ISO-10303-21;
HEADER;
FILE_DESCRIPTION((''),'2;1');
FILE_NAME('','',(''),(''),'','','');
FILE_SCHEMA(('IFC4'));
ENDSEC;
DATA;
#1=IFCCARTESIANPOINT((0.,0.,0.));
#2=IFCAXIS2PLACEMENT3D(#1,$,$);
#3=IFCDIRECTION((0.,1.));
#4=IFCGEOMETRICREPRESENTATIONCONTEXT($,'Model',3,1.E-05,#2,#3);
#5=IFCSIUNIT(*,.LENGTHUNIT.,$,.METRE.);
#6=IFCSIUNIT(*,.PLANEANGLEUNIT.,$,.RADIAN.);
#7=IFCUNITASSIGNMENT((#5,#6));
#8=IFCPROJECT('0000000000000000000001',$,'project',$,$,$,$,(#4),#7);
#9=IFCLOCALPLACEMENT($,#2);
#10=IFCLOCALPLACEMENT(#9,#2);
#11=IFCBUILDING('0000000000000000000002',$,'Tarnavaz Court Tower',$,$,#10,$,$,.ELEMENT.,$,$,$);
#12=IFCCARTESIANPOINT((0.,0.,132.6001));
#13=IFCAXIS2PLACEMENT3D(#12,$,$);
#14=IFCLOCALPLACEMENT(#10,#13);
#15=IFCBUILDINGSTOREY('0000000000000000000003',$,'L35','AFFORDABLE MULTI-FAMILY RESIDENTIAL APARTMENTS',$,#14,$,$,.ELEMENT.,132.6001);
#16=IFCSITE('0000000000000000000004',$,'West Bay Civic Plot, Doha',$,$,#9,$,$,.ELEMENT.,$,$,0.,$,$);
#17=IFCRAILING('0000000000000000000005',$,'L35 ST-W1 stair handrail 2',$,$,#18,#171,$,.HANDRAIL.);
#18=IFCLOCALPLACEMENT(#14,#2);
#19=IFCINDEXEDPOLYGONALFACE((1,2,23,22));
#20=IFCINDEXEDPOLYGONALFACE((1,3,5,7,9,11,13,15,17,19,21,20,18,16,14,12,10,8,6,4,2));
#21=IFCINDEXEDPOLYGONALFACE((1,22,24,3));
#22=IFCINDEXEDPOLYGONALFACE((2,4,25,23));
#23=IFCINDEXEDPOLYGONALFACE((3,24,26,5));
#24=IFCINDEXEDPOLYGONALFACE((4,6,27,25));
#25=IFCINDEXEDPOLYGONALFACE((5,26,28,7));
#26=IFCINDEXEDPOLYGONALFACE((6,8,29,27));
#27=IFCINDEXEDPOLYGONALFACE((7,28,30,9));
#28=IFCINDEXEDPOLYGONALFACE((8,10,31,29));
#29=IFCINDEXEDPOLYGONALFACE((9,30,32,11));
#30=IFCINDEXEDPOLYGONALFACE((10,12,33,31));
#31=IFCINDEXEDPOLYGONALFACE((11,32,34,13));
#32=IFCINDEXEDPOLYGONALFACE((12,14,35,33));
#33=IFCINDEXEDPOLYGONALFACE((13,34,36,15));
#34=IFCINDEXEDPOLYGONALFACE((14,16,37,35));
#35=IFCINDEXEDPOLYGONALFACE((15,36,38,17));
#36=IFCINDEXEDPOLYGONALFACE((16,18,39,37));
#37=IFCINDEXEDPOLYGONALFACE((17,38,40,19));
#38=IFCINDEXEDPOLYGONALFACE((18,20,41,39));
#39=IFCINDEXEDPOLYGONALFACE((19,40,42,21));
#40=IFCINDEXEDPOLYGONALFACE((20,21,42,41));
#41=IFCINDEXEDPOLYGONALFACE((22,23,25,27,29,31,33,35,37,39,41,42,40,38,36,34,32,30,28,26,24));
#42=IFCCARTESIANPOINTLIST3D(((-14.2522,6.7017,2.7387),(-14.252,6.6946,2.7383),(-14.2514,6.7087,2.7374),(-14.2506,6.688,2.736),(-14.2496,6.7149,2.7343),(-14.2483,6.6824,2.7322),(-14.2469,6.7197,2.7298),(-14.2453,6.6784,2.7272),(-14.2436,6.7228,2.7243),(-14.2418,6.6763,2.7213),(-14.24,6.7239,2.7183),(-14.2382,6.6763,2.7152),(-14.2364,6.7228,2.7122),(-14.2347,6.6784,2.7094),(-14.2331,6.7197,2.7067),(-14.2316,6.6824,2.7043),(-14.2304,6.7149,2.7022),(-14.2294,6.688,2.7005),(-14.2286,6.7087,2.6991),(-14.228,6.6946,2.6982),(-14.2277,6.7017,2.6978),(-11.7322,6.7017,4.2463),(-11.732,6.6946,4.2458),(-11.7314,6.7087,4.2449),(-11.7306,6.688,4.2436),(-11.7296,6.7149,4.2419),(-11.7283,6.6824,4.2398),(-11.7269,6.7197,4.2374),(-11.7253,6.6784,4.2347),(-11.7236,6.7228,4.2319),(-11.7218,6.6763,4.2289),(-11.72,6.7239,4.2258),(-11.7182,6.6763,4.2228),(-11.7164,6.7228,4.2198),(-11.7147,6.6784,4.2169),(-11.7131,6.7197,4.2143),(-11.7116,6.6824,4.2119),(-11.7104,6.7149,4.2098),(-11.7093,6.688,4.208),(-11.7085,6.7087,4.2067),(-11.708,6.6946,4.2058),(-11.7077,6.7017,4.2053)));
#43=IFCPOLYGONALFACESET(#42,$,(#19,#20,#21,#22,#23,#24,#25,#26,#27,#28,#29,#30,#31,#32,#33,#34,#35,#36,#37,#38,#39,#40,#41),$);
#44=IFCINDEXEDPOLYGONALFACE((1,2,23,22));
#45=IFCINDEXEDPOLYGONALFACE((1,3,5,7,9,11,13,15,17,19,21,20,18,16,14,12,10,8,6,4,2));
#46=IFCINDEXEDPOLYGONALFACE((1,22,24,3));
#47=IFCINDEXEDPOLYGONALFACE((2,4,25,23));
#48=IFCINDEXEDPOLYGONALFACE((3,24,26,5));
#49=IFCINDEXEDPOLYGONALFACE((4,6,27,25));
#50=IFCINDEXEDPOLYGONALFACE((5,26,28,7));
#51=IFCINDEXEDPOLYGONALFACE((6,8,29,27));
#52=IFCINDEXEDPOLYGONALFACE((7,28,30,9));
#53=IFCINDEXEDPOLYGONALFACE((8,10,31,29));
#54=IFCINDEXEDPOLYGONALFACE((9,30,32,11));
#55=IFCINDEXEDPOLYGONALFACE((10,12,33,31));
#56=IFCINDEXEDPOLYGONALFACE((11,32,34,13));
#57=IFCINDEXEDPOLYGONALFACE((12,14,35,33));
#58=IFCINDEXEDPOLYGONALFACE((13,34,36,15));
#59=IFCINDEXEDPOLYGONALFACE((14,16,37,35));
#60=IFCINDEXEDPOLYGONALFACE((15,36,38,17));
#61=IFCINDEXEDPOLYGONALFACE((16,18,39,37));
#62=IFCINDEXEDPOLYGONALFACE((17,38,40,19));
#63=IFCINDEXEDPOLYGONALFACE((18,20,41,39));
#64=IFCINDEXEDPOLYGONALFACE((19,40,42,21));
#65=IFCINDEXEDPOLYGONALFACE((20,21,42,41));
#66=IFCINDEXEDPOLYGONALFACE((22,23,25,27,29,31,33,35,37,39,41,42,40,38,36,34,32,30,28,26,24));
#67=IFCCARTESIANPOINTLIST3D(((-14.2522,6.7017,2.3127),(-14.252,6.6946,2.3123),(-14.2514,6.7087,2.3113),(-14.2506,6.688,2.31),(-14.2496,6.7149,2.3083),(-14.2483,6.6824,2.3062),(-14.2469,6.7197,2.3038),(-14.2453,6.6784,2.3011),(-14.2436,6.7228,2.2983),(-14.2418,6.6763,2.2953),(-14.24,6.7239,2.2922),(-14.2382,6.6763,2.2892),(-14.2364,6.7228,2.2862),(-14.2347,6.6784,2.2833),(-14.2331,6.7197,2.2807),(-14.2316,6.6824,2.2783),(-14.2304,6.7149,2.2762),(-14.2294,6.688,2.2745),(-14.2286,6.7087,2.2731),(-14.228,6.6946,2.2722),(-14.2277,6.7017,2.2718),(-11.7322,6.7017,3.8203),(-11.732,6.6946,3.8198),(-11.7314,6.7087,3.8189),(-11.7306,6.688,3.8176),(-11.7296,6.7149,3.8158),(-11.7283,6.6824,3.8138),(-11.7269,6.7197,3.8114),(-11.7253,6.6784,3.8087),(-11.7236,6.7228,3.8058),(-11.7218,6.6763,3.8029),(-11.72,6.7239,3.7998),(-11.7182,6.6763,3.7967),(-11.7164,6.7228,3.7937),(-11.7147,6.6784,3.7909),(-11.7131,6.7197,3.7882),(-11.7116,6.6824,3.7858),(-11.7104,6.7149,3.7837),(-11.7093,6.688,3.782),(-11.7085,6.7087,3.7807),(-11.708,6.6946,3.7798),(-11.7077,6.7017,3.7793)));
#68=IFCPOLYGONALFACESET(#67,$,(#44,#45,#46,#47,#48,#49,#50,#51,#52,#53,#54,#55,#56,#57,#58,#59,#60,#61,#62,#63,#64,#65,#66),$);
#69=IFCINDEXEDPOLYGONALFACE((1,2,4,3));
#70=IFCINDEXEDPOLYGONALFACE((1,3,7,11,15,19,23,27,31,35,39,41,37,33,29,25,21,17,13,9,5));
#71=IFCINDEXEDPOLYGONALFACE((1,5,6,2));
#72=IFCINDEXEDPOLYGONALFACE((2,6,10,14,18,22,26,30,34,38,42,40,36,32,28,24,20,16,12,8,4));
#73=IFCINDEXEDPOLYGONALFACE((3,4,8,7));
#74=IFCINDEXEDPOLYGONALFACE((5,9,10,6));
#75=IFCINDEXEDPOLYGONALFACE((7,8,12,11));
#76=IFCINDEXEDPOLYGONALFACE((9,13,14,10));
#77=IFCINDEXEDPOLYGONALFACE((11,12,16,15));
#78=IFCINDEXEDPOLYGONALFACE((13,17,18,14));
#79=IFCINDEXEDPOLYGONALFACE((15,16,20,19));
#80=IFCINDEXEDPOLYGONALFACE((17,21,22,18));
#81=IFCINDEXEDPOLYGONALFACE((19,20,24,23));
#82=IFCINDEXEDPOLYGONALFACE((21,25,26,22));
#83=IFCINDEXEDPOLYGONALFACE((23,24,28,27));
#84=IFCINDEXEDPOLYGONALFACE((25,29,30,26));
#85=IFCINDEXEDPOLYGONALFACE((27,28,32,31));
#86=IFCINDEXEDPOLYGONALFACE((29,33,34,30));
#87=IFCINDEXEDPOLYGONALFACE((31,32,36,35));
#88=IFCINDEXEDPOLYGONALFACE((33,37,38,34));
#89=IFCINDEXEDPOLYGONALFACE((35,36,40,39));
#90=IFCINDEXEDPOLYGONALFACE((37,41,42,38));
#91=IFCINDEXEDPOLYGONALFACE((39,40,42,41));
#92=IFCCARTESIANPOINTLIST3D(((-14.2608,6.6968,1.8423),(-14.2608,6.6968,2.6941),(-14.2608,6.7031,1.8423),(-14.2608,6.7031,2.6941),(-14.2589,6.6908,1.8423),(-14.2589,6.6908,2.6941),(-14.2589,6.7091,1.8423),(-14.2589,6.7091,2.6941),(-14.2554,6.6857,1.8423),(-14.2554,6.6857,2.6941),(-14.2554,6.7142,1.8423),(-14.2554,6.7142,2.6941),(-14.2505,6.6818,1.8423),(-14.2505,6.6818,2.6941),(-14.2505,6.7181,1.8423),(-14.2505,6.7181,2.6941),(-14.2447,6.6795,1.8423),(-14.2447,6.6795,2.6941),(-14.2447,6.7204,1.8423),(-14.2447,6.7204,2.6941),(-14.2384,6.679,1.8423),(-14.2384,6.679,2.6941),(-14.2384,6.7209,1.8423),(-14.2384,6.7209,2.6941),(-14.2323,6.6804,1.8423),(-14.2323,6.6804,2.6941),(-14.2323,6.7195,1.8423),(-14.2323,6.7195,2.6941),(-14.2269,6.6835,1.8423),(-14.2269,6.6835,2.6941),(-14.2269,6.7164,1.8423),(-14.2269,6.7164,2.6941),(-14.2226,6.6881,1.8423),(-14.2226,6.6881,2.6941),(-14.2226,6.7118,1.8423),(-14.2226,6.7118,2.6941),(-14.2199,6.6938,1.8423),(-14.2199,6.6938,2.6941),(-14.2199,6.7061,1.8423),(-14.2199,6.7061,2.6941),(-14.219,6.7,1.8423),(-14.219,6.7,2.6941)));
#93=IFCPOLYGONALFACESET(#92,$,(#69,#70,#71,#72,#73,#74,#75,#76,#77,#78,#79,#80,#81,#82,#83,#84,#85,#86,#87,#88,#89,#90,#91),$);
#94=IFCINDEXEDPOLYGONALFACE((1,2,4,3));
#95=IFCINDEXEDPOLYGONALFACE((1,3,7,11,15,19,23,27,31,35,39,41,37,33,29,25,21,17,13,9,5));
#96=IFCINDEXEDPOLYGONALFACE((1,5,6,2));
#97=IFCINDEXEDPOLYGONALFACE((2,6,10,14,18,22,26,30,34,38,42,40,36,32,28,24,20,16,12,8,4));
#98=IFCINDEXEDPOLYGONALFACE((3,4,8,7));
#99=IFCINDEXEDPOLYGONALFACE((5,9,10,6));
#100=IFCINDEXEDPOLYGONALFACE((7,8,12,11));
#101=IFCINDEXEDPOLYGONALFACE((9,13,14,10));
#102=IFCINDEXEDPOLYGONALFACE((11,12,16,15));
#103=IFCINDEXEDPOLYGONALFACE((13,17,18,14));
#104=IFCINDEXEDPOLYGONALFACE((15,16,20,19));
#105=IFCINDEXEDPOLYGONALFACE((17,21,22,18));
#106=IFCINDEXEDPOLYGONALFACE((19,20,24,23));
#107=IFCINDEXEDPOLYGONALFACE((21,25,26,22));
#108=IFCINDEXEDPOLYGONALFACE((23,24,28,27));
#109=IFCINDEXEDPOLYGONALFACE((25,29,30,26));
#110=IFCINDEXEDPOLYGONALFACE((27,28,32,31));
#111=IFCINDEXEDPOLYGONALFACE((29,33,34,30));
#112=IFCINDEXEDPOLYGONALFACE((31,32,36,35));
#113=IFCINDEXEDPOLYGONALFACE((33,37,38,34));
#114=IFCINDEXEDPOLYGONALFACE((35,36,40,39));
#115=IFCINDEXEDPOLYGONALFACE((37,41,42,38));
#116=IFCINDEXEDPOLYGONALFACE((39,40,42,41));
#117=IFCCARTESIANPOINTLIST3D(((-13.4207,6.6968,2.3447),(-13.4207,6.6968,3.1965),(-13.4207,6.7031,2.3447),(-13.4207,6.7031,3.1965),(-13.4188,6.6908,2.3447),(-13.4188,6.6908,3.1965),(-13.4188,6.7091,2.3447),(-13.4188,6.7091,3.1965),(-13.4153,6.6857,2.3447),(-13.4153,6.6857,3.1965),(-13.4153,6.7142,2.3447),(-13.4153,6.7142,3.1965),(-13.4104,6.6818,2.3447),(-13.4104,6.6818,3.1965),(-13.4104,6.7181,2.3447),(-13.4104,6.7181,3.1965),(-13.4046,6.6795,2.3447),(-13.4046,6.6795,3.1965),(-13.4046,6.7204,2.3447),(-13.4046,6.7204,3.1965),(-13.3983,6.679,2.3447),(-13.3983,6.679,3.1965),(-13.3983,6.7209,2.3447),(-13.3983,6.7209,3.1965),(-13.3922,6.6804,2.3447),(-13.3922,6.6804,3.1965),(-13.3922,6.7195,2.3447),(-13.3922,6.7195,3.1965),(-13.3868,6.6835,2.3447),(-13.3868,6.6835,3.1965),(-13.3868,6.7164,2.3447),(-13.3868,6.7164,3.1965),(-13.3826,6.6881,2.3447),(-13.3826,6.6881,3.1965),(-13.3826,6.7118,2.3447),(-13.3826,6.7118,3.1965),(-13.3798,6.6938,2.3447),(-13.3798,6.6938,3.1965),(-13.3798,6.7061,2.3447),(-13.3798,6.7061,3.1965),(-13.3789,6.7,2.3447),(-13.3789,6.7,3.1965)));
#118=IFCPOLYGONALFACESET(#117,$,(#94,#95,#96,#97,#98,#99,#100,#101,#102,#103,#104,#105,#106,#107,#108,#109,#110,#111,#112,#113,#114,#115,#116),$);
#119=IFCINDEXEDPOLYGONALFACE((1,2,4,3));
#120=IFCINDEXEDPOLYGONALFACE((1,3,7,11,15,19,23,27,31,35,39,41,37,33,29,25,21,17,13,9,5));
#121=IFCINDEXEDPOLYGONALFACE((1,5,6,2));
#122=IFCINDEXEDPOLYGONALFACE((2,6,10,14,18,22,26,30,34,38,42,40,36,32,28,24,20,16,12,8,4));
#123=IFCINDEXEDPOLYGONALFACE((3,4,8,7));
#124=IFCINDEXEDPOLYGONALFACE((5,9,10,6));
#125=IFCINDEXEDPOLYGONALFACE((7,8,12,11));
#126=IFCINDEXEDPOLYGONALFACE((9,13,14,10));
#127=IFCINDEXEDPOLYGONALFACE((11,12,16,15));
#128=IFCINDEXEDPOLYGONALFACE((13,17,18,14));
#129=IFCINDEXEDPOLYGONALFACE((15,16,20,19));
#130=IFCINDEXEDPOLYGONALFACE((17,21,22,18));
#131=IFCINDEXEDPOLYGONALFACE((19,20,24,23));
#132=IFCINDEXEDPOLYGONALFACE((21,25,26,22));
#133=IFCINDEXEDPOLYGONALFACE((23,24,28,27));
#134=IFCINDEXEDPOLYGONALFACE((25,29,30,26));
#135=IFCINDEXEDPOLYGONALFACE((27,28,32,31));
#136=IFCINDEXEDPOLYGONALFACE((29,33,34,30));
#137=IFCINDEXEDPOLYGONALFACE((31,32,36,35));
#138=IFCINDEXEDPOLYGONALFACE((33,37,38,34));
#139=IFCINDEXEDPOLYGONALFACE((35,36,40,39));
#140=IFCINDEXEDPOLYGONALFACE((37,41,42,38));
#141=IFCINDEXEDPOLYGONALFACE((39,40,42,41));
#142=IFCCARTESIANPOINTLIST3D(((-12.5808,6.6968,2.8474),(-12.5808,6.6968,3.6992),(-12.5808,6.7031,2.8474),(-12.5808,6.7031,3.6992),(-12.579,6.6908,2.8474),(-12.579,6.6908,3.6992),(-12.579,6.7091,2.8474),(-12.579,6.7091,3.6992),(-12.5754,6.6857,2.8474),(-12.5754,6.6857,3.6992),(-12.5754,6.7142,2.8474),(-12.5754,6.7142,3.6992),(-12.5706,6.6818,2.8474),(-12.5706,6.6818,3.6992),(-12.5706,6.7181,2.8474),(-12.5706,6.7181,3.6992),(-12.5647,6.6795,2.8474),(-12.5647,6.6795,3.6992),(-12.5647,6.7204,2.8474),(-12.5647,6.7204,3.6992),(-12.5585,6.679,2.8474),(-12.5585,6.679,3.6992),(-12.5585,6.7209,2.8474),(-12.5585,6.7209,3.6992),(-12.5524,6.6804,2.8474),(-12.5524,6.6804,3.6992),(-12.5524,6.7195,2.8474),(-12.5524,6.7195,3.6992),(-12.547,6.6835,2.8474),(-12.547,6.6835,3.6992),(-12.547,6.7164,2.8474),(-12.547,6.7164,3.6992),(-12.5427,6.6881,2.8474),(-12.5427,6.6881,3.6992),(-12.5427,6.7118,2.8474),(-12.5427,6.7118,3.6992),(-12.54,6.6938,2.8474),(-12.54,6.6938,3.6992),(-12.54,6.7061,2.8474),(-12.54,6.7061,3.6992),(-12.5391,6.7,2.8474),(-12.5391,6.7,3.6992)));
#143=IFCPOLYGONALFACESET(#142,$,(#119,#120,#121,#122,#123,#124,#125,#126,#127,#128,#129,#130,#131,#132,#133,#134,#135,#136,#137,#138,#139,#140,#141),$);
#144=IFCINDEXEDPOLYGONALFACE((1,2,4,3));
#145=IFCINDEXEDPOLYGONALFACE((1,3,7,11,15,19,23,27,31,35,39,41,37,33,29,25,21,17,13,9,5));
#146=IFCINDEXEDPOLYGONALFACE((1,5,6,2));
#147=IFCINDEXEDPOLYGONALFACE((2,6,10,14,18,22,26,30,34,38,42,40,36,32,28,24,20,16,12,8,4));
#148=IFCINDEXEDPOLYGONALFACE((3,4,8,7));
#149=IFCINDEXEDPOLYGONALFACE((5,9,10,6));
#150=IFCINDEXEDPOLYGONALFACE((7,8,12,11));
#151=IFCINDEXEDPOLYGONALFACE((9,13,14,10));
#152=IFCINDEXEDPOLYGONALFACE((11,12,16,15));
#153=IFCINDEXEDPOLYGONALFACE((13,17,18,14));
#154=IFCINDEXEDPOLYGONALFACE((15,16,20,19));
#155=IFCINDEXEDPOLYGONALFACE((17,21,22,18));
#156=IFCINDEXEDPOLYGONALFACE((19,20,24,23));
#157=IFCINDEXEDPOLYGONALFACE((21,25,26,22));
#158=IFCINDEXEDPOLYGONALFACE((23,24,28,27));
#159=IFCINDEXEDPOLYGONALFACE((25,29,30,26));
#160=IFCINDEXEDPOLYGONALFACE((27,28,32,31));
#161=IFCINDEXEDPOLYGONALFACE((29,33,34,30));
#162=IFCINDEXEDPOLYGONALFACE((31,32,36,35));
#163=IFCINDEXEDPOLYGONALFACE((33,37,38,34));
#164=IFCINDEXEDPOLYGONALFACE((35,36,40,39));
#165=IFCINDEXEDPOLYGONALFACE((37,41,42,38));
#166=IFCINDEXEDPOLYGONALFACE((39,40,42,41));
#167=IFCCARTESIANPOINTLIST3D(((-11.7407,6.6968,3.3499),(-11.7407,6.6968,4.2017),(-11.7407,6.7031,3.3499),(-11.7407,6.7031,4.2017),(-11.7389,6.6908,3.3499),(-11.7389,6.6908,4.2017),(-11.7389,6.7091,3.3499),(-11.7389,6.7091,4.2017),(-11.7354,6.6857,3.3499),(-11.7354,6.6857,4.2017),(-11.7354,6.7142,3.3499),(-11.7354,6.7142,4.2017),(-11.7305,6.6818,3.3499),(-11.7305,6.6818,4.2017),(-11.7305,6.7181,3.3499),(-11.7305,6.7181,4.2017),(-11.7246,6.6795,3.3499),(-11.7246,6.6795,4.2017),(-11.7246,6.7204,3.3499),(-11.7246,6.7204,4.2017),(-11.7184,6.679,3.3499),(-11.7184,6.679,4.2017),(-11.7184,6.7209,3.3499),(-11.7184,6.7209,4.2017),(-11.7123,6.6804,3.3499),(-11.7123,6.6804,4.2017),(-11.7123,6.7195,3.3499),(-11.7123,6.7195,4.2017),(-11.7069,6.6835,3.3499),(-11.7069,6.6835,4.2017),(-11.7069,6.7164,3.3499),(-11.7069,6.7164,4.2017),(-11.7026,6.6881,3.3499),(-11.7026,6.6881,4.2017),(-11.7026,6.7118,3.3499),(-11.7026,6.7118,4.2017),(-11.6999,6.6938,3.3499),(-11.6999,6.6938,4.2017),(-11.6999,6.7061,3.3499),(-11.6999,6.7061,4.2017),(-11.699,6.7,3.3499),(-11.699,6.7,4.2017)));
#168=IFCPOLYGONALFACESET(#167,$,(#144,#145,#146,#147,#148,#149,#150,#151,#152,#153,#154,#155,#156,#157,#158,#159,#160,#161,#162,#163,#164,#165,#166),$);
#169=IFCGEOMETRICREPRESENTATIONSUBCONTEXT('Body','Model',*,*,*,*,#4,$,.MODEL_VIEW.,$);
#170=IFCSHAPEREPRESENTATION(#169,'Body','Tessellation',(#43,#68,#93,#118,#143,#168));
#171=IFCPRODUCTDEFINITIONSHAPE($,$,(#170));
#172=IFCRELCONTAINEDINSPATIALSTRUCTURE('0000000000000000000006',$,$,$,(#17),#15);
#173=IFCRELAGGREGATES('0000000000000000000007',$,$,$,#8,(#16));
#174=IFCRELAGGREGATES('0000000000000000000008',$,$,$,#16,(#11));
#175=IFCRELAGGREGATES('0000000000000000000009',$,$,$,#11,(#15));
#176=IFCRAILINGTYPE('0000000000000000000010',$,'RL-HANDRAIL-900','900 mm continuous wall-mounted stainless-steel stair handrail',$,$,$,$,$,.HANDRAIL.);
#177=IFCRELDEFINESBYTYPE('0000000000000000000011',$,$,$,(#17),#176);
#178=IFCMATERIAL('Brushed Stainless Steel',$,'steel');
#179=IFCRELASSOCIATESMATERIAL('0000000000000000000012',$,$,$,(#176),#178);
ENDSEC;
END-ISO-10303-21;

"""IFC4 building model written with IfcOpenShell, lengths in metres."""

from ifc_helpers import new_model, si_unit, direction, frame, origin, origin_2d, place, context, subcontext, project, spatial, circle, extrude, material, type_object, element, save


model = new_model("IFC4")

# Units and contexts
model_context = context("Model", 3, precision=1e-05, world=origin(), true_north=direction((0.0, 1.0)))
body_context = subcontext(model_context, "Body", "Model", "MODEL_VIEW")
ifc_project = project(units=[si_unit("LENGTHUNIT", "METRE"), si_unit("PLANEANGLEUNIT", "RADIAN")], contexts=[model_context])

# Site, building, storey
site_placement = place(None, origin())
site = spatial("IfcSite", under=ifc_project, at=site_placement, Name="West Bay Civic Plot, Doha", CompositionType="ELEMENT", RefElevation=0.0)
building_placement = place(site_placement, origin())
building = spatial("IfcBuilding", under=site, at=building_placement, Name="Tarnavaz Court Tower", CompositionType="ELEMENT")
storey_placement = place(building_placement, frame((0.0, 0.0, 132.6001)))
storey = spatial("IfcBuildingStorey", under=building, at=storey_placement, Name="L35", Description="AFFORDABLE MULTI-FAMILY RESIDENTIAL APARTMENTS", CompositionType="ELEMENT", Elevation=132.6001)

# Railing
ifc_material_1 = material(Name="Brushed Stainless Steel", Category="steel")
railing_type_1 = type_object("IfcRailingType", Name="RL-HANDRAIL-900", Description="900 mm continuous wall-mounted stainless-steel stair handrail", PredefinedType="HANDRAIL", material=ifc_material_1)
railing_1_placement = place(storey_placement, frame((-14.24, 6.7, 1.8423)))
element("IfcRailing", 1, at=railing_1_placement, inside=storey, type_object=railing_type_1, Name="L35 ST-W1 stair handrail 2", PredefinedType="HANDRAIL", context=body_context, shape_type="SweptSolid", body=[
    extrude(circle(Radius=0.0239, at=origin_2d()), frame((0.0, 0.0, 0.876), z_axis=(0.85816, 0.0, 0.513383), x_axis=(0.0, 1.0, 0.0)), (0.0, 0.0, 1.0), 2.9365),
    extrude(circle(Radius=0.0239, at=origin_2d()), frame((0.0, 0.0, 0.45), z_axis=(0.85816, 0.0, 0.513383), x_axis=(0.0, 1.0, 0.0)), (0.0, 0.0, 1.0), 2.9365),
    extrude(circle(Radius=0.021, at=origin_2d()), origin(), (0.0, 0.0, 1.0), 0.8518),
    extrude(circle(Radius=0.021, at=origin_2d()), frame((0.8401, 0.0, 0.5024)), (0.0, 0.0, 1.0), 0.8518),
    extrude(circle(Radius=0.021, at=origin_2d()), frame((1.6799, 0.0, 1.0051)), (0.0, 0.0, 1.0), 0.8518),
    extrude(circle(Radius=0.021, at=origin_2d()), frame((2.52, 0.0, 1.5076)), (0.0, 0.0, 1.0), 0.8518),
])

save(model, "model.ifc")
